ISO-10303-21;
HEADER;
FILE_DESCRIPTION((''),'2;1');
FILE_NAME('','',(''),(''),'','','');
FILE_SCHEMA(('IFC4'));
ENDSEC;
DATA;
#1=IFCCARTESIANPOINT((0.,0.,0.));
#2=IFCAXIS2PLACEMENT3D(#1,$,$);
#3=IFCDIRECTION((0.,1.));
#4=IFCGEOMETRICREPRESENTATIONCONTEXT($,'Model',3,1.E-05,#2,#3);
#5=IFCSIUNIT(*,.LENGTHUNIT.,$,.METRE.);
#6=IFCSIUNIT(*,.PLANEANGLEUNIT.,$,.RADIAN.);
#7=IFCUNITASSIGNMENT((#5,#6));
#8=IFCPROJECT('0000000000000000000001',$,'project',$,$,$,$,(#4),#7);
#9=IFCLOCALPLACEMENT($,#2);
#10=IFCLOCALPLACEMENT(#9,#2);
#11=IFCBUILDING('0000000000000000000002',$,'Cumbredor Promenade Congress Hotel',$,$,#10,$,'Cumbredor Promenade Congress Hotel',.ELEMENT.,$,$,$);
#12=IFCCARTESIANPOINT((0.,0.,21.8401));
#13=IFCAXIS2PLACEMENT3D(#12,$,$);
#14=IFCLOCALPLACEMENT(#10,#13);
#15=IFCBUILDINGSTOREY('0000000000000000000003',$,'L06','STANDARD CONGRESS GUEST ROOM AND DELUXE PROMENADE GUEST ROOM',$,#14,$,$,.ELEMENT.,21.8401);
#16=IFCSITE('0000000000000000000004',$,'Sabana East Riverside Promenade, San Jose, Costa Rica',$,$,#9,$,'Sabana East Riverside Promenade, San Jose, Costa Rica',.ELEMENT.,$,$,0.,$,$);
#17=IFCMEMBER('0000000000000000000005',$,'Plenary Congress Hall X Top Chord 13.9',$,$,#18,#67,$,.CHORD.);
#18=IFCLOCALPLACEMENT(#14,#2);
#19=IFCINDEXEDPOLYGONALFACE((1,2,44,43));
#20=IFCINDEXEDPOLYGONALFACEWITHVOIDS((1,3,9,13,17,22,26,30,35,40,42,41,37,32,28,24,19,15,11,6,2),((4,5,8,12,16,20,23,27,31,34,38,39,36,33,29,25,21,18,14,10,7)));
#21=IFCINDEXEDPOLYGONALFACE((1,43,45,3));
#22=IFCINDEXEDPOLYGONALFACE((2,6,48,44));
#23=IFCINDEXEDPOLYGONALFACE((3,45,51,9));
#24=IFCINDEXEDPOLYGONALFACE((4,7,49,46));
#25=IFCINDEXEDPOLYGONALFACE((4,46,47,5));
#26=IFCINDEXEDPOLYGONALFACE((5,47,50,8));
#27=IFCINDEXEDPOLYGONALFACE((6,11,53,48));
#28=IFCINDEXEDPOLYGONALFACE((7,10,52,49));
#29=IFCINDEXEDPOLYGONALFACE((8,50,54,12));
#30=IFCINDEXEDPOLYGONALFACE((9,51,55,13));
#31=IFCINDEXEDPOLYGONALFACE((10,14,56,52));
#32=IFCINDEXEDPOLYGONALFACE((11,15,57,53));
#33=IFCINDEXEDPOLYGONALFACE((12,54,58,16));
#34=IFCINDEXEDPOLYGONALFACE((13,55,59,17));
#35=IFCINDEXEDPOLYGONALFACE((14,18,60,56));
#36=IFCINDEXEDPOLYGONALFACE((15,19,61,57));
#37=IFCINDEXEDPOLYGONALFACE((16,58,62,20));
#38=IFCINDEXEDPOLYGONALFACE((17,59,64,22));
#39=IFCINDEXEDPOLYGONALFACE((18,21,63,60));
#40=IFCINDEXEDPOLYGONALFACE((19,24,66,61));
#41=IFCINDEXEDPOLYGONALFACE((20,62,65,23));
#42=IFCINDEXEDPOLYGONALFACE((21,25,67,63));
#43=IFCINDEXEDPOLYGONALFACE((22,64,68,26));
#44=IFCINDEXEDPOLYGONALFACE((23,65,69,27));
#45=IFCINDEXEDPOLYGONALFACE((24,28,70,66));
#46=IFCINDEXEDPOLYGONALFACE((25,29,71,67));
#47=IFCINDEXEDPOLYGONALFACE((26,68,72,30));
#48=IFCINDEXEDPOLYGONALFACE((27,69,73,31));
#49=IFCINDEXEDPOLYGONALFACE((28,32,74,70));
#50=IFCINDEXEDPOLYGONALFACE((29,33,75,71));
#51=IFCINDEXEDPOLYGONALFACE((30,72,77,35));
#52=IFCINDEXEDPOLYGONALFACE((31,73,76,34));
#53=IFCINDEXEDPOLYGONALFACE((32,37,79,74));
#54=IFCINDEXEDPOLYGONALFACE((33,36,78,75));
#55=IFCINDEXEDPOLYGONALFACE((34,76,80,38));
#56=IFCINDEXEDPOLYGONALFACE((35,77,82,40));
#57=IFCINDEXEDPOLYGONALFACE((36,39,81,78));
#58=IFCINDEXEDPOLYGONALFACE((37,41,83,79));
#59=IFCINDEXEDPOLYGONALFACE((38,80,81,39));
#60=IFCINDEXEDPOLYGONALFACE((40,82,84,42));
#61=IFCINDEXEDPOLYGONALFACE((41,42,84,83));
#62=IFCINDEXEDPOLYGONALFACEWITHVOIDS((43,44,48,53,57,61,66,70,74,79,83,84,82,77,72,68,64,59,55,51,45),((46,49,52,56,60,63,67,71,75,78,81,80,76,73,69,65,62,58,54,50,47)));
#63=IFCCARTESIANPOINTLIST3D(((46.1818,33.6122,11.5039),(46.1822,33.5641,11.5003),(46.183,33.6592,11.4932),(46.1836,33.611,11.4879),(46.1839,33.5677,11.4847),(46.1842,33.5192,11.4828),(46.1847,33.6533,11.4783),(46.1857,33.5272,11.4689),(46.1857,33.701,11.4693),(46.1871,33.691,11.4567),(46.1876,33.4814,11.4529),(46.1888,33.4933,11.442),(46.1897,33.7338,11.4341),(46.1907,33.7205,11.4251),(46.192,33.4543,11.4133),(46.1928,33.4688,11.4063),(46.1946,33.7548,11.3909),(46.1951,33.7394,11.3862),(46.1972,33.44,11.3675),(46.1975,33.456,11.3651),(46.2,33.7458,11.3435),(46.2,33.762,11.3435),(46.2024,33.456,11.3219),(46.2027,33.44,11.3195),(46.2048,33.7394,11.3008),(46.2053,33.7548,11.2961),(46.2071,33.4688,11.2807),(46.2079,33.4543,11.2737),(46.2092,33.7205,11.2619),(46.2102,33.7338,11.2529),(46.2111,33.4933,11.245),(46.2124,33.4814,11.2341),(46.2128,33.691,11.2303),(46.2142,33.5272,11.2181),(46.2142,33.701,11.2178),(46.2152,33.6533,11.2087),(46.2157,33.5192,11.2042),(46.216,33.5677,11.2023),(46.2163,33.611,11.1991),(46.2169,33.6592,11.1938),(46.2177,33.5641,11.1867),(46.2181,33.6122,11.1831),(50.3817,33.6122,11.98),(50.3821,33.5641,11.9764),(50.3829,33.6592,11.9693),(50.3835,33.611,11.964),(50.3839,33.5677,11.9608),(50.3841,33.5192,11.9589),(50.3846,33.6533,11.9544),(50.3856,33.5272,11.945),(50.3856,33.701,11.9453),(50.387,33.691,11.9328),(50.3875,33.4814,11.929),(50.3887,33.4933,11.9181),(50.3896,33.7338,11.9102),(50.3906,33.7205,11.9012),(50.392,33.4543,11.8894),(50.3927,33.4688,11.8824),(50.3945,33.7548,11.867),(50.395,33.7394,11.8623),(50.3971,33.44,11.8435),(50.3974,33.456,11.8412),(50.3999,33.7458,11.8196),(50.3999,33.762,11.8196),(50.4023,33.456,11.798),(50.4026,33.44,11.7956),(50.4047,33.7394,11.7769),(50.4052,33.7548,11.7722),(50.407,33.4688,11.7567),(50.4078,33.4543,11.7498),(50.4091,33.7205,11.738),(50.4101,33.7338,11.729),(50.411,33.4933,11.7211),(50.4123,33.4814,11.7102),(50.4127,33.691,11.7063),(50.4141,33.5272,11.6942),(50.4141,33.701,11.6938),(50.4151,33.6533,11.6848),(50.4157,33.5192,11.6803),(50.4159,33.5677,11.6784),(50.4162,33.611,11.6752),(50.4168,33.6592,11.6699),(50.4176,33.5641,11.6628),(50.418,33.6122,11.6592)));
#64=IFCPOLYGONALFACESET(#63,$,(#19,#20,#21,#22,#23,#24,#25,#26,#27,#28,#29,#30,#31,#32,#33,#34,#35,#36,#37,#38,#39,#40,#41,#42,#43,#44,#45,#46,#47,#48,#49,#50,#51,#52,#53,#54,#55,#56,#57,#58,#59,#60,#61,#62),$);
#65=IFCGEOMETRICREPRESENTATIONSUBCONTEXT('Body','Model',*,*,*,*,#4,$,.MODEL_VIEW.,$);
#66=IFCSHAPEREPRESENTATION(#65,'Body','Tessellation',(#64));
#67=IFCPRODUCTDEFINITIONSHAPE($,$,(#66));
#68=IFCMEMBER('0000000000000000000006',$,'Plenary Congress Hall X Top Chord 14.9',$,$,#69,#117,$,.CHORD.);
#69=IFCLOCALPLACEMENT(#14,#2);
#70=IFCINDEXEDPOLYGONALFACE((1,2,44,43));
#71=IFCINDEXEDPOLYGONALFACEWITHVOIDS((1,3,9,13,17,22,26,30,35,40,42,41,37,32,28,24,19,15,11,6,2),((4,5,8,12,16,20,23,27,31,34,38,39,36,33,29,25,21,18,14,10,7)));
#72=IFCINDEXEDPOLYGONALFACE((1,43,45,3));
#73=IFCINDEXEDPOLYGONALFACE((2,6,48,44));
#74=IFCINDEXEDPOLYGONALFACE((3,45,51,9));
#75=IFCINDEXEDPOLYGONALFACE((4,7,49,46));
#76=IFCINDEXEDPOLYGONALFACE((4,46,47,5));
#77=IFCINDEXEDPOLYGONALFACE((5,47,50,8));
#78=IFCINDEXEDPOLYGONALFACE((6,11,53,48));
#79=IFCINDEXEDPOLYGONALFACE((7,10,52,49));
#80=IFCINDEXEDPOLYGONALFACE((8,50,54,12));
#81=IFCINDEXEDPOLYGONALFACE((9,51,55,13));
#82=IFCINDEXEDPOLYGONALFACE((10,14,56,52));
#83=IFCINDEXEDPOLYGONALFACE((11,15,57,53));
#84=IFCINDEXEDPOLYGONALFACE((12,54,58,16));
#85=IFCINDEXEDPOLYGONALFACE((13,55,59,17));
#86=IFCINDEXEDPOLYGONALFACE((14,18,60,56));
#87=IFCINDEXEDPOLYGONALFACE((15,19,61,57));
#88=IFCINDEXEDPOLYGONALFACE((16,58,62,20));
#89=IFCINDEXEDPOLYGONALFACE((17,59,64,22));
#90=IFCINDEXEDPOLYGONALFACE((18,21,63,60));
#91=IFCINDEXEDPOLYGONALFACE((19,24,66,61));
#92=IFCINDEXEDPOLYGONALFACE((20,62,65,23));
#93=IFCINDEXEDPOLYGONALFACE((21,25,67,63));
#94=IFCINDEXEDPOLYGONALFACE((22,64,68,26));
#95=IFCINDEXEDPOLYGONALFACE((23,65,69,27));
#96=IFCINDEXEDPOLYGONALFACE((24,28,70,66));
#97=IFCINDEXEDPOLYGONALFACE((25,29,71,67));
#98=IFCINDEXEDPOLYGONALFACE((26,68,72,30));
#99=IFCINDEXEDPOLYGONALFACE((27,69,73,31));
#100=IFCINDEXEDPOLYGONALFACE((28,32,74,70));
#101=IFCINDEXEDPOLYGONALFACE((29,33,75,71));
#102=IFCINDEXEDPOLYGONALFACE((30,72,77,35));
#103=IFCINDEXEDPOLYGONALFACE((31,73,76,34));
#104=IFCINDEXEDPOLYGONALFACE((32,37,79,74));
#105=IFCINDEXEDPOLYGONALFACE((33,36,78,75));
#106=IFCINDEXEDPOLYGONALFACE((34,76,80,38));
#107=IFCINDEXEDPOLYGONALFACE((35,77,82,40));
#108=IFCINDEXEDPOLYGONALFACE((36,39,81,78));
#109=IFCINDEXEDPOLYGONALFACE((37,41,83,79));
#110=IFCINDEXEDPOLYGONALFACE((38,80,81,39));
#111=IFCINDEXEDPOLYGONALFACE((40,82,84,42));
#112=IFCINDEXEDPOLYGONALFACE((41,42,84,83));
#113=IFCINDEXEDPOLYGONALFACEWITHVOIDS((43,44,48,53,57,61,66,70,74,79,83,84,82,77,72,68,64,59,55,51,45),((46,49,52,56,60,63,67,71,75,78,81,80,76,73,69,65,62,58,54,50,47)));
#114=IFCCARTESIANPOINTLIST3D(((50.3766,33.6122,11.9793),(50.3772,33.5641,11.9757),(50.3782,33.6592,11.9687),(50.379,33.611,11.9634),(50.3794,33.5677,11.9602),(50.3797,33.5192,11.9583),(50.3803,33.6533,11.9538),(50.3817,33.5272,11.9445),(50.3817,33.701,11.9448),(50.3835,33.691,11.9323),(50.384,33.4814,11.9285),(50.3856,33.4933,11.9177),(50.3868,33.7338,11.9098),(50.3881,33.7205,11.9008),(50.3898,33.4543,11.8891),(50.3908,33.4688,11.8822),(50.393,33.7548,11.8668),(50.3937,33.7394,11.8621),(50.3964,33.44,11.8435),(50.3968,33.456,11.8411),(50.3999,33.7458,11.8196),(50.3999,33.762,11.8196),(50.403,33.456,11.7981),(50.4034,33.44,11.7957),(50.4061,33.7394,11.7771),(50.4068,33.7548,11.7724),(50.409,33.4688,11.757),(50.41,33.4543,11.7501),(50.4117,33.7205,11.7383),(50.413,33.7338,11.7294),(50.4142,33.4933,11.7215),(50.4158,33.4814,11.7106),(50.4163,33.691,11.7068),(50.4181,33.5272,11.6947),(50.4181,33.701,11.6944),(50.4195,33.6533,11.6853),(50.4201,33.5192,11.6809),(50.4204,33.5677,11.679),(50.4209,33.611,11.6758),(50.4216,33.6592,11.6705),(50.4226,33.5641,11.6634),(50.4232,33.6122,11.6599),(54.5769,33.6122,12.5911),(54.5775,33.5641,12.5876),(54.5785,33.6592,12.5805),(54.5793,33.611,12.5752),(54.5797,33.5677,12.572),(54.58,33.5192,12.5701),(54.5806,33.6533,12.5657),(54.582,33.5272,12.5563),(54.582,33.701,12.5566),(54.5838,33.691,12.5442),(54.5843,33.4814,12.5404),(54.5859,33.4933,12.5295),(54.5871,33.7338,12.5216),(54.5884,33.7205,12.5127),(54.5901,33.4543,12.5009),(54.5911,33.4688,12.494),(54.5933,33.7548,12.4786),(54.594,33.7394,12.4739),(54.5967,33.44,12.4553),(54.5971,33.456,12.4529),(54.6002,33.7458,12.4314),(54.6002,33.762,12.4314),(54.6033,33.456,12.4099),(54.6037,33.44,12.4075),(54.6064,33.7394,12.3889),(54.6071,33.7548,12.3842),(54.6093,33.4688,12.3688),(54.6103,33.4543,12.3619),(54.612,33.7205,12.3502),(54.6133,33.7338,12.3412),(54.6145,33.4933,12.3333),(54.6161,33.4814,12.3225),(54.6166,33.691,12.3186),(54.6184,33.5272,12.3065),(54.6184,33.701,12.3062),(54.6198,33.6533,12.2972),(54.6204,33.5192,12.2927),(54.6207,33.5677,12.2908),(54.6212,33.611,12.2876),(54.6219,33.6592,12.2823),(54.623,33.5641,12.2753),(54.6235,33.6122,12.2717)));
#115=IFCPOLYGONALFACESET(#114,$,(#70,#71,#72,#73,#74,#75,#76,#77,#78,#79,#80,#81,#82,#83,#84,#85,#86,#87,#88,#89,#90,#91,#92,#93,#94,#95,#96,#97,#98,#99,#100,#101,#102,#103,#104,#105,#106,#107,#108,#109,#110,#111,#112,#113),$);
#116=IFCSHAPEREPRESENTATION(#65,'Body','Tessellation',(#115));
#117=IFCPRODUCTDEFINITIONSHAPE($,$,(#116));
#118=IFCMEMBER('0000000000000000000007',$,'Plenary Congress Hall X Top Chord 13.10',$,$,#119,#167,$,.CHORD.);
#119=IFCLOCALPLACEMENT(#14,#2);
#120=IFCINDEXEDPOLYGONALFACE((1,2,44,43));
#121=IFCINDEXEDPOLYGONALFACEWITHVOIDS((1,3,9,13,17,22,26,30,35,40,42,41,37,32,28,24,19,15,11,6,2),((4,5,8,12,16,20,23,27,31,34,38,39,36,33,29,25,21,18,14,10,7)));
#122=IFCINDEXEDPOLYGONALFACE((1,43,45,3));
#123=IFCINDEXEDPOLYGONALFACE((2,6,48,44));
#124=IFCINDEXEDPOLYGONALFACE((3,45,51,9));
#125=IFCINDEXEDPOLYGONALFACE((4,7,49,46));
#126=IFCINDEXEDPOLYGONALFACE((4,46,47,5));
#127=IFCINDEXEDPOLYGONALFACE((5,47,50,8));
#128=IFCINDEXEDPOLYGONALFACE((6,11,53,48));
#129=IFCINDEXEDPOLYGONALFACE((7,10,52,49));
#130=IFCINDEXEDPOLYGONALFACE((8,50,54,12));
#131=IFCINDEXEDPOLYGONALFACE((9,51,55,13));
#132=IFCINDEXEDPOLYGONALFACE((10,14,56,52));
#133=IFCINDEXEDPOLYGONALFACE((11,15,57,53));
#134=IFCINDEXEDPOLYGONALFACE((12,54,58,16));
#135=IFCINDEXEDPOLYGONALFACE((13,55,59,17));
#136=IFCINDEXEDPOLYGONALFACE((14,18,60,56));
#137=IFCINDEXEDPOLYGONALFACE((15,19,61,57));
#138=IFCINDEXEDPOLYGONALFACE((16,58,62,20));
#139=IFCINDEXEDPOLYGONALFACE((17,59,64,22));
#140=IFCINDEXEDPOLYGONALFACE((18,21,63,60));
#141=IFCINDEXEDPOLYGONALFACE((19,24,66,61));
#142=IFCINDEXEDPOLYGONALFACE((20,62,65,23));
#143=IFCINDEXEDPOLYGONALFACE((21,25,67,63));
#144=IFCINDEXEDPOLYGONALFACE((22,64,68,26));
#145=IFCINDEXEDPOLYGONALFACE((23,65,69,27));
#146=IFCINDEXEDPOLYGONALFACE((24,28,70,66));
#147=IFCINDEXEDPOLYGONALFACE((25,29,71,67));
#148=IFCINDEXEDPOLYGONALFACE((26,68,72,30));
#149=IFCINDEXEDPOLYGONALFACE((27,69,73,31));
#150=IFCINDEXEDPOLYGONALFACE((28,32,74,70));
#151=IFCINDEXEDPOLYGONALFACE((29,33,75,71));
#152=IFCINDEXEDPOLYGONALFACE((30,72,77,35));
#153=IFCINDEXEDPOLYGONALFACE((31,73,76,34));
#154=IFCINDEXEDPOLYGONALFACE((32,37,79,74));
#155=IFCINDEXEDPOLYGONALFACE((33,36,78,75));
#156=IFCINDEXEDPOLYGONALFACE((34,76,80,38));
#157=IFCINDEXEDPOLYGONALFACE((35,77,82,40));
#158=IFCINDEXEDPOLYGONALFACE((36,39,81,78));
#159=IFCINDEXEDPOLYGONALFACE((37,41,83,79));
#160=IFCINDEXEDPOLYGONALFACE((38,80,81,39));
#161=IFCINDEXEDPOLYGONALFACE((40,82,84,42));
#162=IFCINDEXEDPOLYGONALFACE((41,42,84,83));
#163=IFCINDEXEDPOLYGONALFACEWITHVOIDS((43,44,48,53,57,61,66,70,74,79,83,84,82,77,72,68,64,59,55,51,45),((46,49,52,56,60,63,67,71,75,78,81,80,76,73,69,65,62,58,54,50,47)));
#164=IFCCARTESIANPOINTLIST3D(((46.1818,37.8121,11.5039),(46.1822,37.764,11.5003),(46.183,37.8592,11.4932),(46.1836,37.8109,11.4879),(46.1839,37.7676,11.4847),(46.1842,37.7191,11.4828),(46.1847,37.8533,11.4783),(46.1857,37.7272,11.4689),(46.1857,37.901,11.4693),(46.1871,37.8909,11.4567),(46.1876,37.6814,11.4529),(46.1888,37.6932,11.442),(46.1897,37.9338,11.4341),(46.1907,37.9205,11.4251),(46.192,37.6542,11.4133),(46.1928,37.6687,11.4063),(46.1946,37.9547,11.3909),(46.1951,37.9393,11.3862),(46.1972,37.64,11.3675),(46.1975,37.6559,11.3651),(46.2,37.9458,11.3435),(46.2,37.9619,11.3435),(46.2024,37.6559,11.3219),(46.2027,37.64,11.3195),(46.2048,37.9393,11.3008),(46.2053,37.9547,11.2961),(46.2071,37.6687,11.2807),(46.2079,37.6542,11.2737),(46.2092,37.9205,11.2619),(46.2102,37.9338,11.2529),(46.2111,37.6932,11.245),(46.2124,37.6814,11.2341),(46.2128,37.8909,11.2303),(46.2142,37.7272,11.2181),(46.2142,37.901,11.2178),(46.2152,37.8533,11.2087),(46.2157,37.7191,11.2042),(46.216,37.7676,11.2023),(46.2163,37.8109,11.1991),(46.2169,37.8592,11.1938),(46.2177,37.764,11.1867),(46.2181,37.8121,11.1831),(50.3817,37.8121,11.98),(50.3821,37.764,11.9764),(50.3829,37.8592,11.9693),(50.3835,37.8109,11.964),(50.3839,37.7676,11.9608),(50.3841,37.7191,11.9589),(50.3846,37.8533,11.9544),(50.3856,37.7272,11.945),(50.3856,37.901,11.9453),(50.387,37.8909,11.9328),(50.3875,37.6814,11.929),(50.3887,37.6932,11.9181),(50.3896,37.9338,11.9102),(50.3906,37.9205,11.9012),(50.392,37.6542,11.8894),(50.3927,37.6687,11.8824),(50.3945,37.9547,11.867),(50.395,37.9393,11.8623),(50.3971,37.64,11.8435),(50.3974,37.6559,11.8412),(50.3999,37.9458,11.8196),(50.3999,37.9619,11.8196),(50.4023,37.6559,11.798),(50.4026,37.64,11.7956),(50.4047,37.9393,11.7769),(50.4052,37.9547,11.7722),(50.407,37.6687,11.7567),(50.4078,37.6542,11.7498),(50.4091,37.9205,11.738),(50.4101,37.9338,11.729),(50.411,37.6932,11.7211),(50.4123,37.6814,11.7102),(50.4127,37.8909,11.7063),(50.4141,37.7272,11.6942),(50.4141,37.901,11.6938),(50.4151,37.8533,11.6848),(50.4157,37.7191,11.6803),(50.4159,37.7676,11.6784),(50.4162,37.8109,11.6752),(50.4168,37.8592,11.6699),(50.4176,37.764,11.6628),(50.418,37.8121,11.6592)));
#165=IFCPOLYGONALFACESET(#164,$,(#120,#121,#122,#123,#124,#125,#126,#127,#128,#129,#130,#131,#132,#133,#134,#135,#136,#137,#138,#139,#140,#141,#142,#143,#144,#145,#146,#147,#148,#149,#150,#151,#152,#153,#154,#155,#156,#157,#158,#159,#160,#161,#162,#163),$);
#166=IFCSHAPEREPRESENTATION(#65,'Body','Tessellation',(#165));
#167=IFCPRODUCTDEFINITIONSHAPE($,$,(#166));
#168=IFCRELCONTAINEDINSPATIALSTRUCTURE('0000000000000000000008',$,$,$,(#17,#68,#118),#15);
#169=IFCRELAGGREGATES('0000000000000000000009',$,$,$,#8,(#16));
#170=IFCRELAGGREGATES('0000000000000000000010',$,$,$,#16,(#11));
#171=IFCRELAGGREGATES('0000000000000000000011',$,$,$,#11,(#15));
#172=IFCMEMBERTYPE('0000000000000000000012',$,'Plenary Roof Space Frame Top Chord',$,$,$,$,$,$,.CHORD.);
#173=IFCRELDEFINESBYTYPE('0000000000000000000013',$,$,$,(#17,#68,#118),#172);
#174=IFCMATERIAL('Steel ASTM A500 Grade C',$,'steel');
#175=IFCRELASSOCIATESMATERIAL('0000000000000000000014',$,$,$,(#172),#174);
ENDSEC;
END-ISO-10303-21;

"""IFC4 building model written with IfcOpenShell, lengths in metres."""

from ifc_helpers import new_model, si_unit, direction, frame, origin, origin_2d, place, context, subcontext, project, spatial, hollow_circle, extrude, material, material_profile, profile_set, type_object, element, save


model = new_model("IFC4")

# Units and contexts
model_context = context("Model", 3, precision=1e-05, world=origin(), true_north=direction((0.0, 1.0)))
body_context = subcontext(model_context, "Body", "Model", "MODEL_VIEW")
ifc_project = project(units=[si_unit("LENGTHUNIT", "METRE"), si_unit("PLANEANGLEUNIT", "RADIAN")], contexts=[model_context])

# Site, building, storey
site_placement = place(None, origin())
site = spatial("IfcSite", under=ifc_project, at=site_placement, Name="Sabana East Riverside Promenade, San Jose, Costa Rica", LongName="Sabana East Riverside Promenade, San Jose, Costa Rica", CompositionType="ELEMENT", RefElevation=0.0)
building_placement = place(site_placement, origin())
building = spatial("IfcBuilding", under=site, at=building_placement, Name="Cumbredor Promenade Congress Hotel", LongName="Cumbredor Promenade Congress Hotel", CompositionType="ELEMENT")
storey_placement = place(building_placement, frame((0.0, 0.0, 21.8401)))
storey = spatial("IfcBuildingStorey", under=building, at=storey_placement, Name="L06", Description="STANDARD CONGRESS GUEST ROOM AND DELUXE PROMENADE GUEST ROOM", CompositionType="ELEMENT", Elevation=21.8401)

# Members
ifc_material_1 = material(Name="Steel ASTM A500 Grade C", Category="steel")
ifc_material_profile_1 = material_profile(ifc_material_1, hollow_circle(Radius=0.1619, WallThickness=0.0161, at=origin_2d()), Name="CHS 323.9x16")
ifc_profile_set_1 = profile_set([ifc_material_profile_1], Name="Steel ASTM A500 Grade C")
member_type_1 = type_object("IfcMemberType", Name="Plenary Roof Space Frame Top Chord", PredefinedType="CHORD", material=ifc_profile_set_1)
member_1_placement = place(storey_placement, frame((46.2, 33.6001, 11.3435), z_axis=(0.993637, 0.0, 0.112631), x_axis=(0.0, 1.0, 0.0)))
element("IfcMember", 1, at=member_1_placement, inside=storey, type_object=member_type_1, Name="Plenary Congress Hall X Top Chord 13.9", PredefinedType="CHORD", context=body_context, shape_type="SweptSolid", body=[
    extrude(hollow_circle(Radius=0.1619, WallThickness=0.0161, at=origin_2d()), origin(), (0.0, 0.0, 1.0), 4.2268),
])
member_2_placement = place(storey_placement, frame((50.3999, 33.6001, 11.8196), z_axis=(0.989557, 0.0, 0.144143), x_axis=(0.0, 1.0, 0.0)))
element("IfcMember", 2, at=member_2_placement, inside=storey, type_object=member_type_1, Name="Plenary Congress Hall X Top Chord 14.9", PredefinedType="CHORD", context=body_context, shape_type="SweptSolid", body=[
    extrude(hollow_circle(Radius=0.1619, WallThickness=0.0161, at=origin_2d()), origin(), (0.0, 0.0, 1.0), 4.2446),
])
member_3_placement = place(storey_placement, frame((46.2, 37.8, 11.3435), z_axis=(0.993637, 0.0, 0.112631), x_axis=(0.0, 1.0, 0.0)))
element("IfcMember", 3, at=member_3_placement, inside=storey, type_object=member_type_1, Name="Plenary Congress Hall X Top Chord 13.10", PredefinedType="CHORD", context=body_context, shape_type="SweptSolid", body=[
    extrude(hollow_circle(Radius=0.1619, WallThickness=0.0161, at=origin_2d()), origin(), (0.0, 0.0, 1.0), 4.2268),
])

save(model, "model.ifc")
